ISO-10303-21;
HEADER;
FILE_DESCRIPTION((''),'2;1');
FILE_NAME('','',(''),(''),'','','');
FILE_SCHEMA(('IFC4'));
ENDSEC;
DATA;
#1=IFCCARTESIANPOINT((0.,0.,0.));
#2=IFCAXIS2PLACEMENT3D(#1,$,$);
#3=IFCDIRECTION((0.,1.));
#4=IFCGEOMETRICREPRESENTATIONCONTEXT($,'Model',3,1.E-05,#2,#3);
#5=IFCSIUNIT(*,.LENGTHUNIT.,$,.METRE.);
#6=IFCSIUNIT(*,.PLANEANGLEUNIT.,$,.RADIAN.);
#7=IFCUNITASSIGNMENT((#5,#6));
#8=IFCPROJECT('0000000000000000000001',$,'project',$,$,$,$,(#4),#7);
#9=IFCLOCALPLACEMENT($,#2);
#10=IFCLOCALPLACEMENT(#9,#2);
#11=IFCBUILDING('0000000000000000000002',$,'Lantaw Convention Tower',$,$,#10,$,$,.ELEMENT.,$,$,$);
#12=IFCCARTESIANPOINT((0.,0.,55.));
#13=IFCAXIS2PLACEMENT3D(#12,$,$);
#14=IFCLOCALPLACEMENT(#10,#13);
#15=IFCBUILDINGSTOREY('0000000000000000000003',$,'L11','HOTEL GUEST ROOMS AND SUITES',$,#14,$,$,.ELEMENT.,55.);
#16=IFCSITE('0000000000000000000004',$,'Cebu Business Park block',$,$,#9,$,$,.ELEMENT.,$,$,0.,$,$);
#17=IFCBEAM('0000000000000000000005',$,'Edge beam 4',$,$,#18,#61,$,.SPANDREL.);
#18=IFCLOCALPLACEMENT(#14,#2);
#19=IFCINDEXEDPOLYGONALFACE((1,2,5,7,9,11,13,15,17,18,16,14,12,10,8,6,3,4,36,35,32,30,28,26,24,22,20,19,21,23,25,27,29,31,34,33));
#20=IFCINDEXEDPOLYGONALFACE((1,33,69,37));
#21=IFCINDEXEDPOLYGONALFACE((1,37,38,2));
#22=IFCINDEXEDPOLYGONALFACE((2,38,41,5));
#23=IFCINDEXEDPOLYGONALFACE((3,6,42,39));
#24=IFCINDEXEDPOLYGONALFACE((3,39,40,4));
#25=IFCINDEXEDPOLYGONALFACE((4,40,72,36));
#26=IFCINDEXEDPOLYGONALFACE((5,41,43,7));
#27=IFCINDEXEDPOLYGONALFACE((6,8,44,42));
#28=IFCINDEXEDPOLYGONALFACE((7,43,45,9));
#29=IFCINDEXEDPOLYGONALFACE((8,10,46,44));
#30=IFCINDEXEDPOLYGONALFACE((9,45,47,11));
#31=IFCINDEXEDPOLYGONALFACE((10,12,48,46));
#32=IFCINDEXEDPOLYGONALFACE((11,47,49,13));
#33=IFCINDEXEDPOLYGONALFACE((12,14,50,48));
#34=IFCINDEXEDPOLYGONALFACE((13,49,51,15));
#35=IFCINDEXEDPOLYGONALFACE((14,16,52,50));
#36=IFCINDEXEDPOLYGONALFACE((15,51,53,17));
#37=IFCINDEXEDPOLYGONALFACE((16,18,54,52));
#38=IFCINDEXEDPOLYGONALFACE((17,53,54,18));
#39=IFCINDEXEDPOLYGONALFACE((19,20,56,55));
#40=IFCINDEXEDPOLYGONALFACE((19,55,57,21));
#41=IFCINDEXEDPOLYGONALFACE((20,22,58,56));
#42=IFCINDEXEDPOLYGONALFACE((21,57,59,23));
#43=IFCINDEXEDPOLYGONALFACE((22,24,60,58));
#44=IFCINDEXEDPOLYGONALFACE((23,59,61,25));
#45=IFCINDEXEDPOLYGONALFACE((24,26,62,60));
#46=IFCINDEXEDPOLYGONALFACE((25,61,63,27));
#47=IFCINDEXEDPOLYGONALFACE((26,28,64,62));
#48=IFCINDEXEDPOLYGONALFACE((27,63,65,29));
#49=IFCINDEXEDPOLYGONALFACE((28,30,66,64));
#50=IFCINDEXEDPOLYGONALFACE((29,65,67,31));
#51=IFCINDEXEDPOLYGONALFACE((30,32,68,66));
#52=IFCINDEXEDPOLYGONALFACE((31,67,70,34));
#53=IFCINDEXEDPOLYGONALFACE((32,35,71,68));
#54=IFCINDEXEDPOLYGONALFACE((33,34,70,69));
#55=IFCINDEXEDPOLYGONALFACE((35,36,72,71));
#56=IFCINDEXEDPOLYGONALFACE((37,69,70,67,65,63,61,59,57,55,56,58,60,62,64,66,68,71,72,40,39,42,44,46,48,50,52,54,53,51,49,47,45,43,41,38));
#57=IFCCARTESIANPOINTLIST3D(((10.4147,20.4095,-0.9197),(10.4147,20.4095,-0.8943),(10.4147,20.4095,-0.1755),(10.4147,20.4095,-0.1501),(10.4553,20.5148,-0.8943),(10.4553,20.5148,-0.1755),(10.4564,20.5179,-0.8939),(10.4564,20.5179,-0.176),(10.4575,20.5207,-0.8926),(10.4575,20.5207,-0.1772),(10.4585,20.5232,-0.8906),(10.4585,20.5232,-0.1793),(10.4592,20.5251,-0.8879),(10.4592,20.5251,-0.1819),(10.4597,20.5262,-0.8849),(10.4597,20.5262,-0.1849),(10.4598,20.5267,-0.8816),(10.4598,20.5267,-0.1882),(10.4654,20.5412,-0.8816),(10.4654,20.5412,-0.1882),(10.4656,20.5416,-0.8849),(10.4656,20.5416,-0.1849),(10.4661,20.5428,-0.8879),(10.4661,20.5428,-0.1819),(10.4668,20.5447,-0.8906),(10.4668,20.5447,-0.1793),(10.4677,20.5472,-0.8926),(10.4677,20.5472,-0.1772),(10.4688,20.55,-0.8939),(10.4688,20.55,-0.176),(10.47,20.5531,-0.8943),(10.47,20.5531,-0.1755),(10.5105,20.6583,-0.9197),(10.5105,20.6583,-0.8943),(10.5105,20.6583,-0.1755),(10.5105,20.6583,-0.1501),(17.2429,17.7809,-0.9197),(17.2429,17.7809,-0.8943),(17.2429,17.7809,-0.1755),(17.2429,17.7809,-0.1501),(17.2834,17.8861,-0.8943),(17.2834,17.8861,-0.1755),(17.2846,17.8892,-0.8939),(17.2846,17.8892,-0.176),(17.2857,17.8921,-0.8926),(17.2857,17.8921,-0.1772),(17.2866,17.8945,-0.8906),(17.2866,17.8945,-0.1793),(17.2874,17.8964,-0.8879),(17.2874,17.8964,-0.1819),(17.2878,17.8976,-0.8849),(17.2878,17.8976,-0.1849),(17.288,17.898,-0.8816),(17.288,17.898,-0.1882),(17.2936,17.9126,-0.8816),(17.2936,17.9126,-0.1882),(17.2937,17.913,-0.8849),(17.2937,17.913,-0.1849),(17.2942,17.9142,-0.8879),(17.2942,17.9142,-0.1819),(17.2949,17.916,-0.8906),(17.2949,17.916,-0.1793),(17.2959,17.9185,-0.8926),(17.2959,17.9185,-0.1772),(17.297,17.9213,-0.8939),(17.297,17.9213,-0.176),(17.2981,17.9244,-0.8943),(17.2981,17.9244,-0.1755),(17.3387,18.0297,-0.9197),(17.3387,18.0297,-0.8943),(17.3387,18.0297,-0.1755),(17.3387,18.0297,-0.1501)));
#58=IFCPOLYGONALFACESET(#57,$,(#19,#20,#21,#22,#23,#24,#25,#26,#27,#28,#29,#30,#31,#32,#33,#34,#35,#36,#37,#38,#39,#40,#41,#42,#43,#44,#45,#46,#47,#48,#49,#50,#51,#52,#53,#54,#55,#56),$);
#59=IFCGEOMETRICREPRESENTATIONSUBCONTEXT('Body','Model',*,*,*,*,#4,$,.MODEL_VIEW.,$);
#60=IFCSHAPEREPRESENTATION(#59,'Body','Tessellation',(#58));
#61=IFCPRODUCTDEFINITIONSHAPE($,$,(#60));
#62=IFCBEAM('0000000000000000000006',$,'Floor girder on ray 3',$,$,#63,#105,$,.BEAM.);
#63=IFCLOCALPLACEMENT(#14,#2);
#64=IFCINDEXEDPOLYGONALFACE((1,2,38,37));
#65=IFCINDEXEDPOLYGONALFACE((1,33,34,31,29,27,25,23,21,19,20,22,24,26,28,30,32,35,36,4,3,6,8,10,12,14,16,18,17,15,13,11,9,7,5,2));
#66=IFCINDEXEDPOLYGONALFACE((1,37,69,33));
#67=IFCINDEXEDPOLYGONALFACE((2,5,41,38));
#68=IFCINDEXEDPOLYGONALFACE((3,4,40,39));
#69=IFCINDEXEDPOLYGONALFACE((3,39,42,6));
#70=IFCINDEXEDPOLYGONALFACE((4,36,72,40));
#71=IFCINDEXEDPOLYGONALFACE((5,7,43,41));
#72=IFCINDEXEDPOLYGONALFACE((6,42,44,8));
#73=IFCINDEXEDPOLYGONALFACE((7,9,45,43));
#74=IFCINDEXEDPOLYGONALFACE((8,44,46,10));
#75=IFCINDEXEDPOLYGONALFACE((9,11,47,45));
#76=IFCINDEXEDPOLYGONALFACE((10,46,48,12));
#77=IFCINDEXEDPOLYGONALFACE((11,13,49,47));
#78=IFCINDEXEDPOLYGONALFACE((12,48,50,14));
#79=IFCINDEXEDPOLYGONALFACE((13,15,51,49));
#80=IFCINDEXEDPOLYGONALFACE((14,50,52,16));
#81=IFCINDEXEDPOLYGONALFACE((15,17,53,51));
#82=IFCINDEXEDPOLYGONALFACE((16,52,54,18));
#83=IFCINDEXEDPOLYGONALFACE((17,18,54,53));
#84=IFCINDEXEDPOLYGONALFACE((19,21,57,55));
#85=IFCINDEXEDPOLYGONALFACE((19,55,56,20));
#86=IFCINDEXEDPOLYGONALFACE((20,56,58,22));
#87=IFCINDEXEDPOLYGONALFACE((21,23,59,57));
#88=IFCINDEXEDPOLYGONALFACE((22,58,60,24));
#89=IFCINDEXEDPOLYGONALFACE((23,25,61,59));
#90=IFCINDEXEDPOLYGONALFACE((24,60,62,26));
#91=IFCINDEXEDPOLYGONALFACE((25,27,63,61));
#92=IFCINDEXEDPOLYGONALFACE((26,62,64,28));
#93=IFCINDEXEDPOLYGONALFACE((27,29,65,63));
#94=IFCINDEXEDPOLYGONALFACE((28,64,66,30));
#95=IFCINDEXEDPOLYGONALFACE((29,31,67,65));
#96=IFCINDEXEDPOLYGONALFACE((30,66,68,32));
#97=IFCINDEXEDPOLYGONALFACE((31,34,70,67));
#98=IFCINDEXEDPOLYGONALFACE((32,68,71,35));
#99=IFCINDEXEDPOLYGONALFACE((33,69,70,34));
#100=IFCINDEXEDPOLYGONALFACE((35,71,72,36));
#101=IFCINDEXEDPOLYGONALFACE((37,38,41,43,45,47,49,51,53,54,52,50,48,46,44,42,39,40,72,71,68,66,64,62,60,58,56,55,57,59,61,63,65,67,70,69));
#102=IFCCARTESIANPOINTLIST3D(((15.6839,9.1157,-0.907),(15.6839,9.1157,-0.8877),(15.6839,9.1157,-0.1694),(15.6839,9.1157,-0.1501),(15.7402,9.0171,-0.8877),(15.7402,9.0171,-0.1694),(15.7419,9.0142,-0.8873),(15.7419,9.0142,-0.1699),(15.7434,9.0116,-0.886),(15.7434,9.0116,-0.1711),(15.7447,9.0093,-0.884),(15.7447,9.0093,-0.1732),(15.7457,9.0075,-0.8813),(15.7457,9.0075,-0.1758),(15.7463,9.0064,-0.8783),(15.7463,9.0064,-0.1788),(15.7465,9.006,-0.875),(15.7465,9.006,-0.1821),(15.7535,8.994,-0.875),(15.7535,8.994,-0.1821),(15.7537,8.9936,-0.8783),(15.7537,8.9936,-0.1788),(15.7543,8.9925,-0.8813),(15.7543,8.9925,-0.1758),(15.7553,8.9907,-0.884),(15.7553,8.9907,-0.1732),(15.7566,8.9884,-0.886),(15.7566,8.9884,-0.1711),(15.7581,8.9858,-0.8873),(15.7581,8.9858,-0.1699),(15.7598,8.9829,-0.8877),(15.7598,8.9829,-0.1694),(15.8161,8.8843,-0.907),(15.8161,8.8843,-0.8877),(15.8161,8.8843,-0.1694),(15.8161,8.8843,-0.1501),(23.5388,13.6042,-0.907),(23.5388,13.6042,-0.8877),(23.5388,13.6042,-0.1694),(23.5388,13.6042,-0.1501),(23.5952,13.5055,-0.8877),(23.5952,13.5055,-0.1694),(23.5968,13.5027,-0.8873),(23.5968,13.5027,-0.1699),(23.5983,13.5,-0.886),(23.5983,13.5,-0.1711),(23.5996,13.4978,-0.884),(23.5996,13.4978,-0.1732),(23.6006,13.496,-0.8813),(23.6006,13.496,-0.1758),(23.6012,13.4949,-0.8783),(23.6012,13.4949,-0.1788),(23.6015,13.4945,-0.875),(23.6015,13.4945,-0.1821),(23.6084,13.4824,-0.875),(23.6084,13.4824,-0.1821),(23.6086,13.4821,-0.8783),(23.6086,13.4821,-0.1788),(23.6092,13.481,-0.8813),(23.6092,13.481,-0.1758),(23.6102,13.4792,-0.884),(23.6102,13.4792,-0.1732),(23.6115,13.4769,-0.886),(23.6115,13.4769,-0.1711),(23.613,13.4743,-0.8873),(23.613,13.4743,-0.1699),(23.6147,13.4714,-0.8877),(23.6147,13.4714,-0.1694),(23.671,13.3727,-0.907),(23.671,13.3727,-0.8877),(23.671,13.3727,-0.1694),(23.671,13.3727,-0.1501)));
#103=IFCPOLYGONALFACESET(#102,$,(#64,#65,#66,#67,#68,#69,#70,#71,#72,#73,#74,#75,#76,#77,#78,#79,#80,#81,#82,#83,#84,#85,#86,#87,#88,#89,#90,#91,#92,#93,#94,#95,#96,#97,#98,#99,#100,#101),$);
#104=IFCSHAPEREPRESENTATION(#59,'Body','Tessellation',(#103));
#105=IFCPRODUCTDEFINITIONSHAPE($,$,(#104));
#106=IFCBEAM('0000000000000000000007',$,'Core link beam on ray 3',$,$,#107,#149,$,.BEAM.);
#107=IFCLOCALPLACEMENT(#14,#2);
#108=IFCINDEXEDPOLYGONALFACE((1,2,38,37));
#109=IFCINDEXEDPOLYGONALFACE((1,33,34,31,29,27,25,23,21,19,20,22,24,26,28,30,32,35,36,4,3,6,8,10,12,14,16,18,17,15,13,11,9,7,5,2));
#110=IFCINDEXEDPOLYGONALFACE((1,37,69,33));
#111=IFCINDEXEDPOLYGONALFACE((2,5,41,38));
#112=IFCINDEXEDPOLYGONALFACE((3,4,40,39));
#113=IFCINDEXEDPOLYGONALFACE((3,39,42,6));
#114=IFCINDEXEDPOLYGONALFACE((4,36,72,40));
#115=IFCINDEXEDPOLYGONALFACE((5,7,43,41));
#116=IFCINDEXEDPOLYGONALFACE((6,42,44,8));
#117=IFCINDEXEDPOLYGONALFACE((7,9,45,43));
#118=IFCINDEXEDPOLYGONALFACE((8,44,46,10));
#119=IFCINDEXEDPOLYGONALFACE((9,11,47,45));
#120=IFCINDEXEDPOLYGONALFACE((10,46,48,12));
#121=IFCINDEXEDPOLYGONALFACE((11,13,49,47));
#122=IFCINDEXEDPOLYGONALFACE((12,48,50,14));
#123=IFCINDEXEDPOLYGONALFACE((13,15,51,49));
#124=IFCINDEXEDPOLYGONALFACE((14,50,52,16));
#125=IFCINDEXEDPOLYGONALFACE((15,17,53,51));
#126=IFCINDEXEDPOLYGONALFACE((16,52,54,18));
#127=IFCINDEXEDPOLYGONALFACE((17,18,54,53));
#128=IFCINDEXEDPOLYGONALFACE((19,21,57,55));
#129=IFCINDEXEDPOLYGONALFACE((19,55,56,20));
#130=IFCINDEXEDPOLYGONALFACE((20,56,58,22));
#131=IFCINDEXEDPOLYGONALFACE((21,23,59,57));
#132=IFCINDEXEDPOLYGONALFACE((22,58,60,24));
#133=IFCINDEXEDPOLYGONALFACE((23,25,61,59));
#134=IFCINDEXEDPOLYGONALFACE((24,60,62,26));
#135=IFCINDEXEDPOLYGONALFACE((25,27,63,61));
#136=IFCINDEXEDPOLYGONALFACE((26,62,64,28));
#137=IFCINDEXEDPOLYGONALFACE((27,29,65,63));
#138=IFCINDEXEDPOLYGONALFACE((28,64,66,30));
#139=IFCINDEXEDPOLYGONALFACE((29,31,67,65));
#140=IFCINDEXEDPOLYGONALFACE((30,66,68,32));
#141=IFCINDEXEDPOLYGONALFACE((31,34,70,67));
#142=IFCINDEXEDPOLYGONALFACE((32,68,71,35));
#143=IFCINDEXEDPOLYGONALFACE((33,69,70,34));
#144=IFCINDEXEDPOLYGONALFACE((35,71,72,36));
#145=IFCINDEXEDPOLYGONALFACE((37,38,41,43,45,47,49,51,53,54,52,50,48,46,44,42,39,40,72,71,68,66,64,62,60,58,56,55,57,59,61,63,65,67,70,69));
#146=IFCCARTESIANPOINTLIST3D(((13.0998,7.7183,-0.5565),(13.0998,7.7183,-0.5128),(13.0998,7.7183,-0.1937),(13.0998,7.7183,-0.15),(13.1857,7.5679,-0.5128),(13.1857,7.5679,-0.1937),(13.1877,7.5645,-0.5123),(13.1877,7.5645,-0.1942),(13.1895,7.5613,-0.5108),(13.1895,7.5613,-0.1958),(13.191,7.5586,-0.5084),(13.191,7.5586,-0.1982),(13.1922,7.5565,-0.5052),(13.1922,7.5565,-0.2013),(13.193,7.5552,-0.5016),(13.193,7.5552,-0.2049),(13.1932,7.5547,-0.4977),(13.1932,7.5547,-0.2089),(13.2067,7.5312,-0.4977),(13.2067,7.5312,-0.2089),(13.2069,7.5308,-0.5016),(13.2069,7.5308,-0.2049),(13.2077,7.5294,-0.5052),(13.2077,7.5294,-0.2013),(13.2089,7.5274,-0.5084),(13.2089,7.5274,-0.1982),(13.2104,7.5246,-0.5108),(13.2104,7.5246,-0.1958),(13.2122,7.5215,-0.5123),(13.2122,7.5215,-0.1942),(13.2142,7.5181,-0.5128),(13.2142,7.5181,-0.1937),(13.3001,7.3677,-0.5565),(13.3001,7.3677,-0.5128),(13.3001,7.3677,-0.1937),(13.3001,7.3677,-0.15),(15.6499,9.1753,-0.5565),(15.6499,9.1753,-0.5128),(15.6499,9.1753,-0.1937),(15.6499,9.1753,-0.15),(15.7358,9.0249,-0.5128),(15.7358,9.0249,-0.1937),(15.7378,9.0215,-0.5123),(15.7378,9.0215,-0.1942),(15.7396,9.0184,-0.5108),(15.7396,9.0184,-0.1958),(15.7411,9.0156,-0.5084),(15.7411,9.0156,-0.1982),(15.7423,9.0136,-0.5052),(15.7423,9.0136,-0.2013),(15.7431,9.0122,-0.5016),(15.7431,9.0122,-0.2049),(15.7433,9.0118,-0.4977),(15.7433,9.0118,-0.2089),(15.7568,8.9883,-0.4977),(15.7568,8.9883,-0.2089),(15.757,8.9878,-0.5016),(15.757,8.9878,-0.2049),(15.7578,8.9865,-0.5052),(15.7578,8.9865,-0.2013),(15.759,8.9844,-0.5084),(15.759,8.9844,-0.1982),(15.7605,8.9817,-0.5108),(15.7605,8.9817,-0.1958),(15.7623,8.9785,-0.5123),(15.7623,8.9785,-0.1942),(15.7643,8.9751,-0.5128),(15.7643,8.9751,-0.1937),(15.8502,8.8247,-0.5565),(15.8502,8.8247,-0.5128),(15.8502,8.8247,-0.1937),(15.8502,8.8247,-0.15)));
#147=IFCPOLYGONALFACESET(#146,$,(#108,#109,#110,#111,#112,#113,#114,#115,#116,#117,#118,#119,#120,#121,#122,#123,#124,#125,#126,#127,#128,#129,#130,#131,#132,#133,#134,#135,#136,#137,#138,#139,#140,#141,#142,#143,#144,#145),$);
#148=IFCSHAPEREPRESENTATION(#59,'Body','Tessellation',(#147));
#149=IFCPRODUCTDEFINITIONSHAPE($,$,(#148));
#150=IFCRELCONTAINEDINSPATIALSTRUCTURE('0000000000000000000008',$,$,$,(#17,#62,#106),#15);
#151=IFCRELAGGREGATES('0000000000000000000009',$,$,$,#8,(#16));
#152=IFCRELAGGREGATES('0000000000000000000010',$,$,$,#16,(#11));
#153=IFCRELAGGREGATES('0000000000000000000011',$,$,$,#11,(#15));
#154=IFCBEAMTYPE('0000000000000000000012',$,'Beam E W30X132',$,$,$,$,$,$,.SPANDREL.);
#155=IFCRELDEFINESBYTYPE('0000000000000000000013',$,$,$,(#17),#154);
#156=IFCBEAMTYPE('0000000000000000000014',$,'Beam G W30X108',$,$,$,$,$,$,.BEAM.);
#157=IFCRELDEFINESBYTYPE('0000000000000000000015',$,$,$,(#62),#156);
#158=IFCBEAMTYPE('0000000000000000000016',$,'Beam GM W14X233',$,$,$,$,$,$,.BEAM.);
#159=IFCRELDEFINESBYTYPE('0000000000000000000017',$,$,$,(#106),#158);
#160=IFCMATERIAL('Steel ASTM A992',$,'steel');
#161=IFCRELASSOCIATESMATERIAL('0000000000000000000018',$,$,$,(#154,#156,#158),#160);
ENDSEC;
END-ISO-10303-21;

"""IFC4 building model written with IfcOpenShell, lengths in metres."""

from ifc_helpers import new_model, si_unit, direction, frame, origin, origin_2d, place, context, subcontext, project, spatial, i_section, extrude, material, material_profile, profile_set, type_object, element, save


model = new_model("IFC4")

# Units and contexts
model_context = context("Model", 3, precision=1e-05, world=origin(), true_north=direction((0.0, 1.0)))
body_context = subcontext(model_context, "Body", "Model", "MODEL_VIEW")
ifc_project = project(units=[si_unit("LENGTHUNIT", "METRE"), si_unit("PLANEANGLEUNIT", "RADIAN")], contexts=[model_context])

# Site, building, storey
site_placement = place(None, origin())
site = spatial("IfcSite", under=ifc_project, at=site_placement, Name="Cebu Business Park block", CompositionType="ELEMENT", RefElevation=0.0)
building_placement = place(site_placement, origin())
building = spatial("IfcBuilding", under=site, at=building_placement, Name="Lantaw Convention Tower", CompositionType="ELEMENT")
storey_placement = place(building_placement, frame((0.0, 0.0, 55.0)))
storey = spatial("IfcBuildingStorey", under=building, at=storey_placement, Name="L11", Description="HOTEL GUEST ROOMS AND SUITES", CompositionType="ELEMENT", Elevation=55.0)

# Beams
ifc_material_1 = material(Name="Steel ASTM A992", Category="steel")
ifc_material_profile_1 = material_profile(ifc_material_1, i_section(OverallWidth=0.2666, OverallDepth=0.7695, WebThickness=0.0156, FlangeThickness=0.0254, FilletRadius=0.0127, at=origin_2d()), Name="W30X132")
ifc_profile_set_1 = profile_set([ifc_material_profile_1], Name="Steel ASTM A992")
beam_type_1 = type_object("IfcBeamType", Name="Beam E W30X132", PredefinedType="SPANDREL", material=ifc_profile_set_1)
beam_1_placement = place(storey_placement, frame((17.2908, 17.9053, -0.5349), z_axis=(-0.933233, 0.359272, 0.0), x_axis=(-0.359272, -0.933233, 0.0)))
element("IfcBeam", 1, at=beam_1_placement, inside=storey, type_object=beam_type_1, Name="Edge beam 4", PredefinedType="SPANDREL", context=body_context, shape_type="SweptSolid", body=[
    extrude(i_section(OverallWidth=0.2666, OverallDepth=0.7695, WebThickness=0.0156, FlangeThickness=0.0254, FilletRadius=0.0127, at=origin_2d()), origin(), (0.0, 0.0, 1.0), 7.3167),
])
ifc_material_profile_2 = material_profile(ifc_material_1, i_section(OverallWidth=0.2666, OverallDepth=0.7568, WebThickness=0.0139, FlangeThickness=0.0193, FilletRadius=0.0127, at=origin_2d()), Name="W30X108")
ifc_profile_set_2 = profile_set([ifc_material_profile_2], Name="Steel ASTM A992")
beam_type_2 = type_object("IfcBeamType", Name="Beam G W30X108", PredefinedType="BEAM", material=ifc_profile_set_2)
beam_2_placement = place(storey_placement, frame((15.75, 9.0, -0.5286), z_axis=(0.868245, 0.496136, 0.0), x_axis=(-0.496136, 0.868245, 0.0)))
element("IfcBeam", 2, at=beam_2_placement, inside=storey, type_object=beam_type_2, Name="Floor girder on ray 3", PredefinedType="BEAM", context=body_context, shape_type="SweptSolid", body=[
    extrude(i_section(OverallWidth=0.2666, OverallDepth=0.7568, WebThickness=0.0139, FlangeThickness=0.0193, FilletRadius=0.0127, at=origin_2d()), origin(), (0.0, 0.0, 1.0), 9.0469),
])
ifc_material_profile_3 = material_profile(ifc_material_1, i_section(OverallWidth=0.4038, OverallDepth=0.4065, WebThickness=0.0271, FlangeThickness=0.0437, FilletRadius=0.0151, at=origin_2d()), Name="W14X233")
ifc_profile_set_3 = profile_set([ifc_material_profile_3], Name="Steel ASTM A992")
beam_type_3 = type_object("IfcBeamType", Name="Beam GM W14X233", PredefinedType="BEAM", material=ifc_profile_set_3)
beam_3_placement = place(storey_placement, frame((13.2, 7.543, -0.3533), z_axis=(0.868264, 0.496103, 0.0), x_axis=(-0.496103, 0.868264, 0.0)))
element("IfcBeam", 3, at=beam_3_placement, inside=storey, type_object=beam_type_3, Name="Core link beam on ray 3", PredefinedType="BEAM", context=body_context, shape_type="SweptSolid", body=[
    extrude(i_section(OverallWidth=0.4038, OverallDepth=0.4065, WebThickness=0.0271, FlangeThickness=0.0437, FilletRadius=0.0151, at=origin_2d()), origin(), (0.0, 0.0, 1.0), 2.937),
])

save(model, "model.ifc")
